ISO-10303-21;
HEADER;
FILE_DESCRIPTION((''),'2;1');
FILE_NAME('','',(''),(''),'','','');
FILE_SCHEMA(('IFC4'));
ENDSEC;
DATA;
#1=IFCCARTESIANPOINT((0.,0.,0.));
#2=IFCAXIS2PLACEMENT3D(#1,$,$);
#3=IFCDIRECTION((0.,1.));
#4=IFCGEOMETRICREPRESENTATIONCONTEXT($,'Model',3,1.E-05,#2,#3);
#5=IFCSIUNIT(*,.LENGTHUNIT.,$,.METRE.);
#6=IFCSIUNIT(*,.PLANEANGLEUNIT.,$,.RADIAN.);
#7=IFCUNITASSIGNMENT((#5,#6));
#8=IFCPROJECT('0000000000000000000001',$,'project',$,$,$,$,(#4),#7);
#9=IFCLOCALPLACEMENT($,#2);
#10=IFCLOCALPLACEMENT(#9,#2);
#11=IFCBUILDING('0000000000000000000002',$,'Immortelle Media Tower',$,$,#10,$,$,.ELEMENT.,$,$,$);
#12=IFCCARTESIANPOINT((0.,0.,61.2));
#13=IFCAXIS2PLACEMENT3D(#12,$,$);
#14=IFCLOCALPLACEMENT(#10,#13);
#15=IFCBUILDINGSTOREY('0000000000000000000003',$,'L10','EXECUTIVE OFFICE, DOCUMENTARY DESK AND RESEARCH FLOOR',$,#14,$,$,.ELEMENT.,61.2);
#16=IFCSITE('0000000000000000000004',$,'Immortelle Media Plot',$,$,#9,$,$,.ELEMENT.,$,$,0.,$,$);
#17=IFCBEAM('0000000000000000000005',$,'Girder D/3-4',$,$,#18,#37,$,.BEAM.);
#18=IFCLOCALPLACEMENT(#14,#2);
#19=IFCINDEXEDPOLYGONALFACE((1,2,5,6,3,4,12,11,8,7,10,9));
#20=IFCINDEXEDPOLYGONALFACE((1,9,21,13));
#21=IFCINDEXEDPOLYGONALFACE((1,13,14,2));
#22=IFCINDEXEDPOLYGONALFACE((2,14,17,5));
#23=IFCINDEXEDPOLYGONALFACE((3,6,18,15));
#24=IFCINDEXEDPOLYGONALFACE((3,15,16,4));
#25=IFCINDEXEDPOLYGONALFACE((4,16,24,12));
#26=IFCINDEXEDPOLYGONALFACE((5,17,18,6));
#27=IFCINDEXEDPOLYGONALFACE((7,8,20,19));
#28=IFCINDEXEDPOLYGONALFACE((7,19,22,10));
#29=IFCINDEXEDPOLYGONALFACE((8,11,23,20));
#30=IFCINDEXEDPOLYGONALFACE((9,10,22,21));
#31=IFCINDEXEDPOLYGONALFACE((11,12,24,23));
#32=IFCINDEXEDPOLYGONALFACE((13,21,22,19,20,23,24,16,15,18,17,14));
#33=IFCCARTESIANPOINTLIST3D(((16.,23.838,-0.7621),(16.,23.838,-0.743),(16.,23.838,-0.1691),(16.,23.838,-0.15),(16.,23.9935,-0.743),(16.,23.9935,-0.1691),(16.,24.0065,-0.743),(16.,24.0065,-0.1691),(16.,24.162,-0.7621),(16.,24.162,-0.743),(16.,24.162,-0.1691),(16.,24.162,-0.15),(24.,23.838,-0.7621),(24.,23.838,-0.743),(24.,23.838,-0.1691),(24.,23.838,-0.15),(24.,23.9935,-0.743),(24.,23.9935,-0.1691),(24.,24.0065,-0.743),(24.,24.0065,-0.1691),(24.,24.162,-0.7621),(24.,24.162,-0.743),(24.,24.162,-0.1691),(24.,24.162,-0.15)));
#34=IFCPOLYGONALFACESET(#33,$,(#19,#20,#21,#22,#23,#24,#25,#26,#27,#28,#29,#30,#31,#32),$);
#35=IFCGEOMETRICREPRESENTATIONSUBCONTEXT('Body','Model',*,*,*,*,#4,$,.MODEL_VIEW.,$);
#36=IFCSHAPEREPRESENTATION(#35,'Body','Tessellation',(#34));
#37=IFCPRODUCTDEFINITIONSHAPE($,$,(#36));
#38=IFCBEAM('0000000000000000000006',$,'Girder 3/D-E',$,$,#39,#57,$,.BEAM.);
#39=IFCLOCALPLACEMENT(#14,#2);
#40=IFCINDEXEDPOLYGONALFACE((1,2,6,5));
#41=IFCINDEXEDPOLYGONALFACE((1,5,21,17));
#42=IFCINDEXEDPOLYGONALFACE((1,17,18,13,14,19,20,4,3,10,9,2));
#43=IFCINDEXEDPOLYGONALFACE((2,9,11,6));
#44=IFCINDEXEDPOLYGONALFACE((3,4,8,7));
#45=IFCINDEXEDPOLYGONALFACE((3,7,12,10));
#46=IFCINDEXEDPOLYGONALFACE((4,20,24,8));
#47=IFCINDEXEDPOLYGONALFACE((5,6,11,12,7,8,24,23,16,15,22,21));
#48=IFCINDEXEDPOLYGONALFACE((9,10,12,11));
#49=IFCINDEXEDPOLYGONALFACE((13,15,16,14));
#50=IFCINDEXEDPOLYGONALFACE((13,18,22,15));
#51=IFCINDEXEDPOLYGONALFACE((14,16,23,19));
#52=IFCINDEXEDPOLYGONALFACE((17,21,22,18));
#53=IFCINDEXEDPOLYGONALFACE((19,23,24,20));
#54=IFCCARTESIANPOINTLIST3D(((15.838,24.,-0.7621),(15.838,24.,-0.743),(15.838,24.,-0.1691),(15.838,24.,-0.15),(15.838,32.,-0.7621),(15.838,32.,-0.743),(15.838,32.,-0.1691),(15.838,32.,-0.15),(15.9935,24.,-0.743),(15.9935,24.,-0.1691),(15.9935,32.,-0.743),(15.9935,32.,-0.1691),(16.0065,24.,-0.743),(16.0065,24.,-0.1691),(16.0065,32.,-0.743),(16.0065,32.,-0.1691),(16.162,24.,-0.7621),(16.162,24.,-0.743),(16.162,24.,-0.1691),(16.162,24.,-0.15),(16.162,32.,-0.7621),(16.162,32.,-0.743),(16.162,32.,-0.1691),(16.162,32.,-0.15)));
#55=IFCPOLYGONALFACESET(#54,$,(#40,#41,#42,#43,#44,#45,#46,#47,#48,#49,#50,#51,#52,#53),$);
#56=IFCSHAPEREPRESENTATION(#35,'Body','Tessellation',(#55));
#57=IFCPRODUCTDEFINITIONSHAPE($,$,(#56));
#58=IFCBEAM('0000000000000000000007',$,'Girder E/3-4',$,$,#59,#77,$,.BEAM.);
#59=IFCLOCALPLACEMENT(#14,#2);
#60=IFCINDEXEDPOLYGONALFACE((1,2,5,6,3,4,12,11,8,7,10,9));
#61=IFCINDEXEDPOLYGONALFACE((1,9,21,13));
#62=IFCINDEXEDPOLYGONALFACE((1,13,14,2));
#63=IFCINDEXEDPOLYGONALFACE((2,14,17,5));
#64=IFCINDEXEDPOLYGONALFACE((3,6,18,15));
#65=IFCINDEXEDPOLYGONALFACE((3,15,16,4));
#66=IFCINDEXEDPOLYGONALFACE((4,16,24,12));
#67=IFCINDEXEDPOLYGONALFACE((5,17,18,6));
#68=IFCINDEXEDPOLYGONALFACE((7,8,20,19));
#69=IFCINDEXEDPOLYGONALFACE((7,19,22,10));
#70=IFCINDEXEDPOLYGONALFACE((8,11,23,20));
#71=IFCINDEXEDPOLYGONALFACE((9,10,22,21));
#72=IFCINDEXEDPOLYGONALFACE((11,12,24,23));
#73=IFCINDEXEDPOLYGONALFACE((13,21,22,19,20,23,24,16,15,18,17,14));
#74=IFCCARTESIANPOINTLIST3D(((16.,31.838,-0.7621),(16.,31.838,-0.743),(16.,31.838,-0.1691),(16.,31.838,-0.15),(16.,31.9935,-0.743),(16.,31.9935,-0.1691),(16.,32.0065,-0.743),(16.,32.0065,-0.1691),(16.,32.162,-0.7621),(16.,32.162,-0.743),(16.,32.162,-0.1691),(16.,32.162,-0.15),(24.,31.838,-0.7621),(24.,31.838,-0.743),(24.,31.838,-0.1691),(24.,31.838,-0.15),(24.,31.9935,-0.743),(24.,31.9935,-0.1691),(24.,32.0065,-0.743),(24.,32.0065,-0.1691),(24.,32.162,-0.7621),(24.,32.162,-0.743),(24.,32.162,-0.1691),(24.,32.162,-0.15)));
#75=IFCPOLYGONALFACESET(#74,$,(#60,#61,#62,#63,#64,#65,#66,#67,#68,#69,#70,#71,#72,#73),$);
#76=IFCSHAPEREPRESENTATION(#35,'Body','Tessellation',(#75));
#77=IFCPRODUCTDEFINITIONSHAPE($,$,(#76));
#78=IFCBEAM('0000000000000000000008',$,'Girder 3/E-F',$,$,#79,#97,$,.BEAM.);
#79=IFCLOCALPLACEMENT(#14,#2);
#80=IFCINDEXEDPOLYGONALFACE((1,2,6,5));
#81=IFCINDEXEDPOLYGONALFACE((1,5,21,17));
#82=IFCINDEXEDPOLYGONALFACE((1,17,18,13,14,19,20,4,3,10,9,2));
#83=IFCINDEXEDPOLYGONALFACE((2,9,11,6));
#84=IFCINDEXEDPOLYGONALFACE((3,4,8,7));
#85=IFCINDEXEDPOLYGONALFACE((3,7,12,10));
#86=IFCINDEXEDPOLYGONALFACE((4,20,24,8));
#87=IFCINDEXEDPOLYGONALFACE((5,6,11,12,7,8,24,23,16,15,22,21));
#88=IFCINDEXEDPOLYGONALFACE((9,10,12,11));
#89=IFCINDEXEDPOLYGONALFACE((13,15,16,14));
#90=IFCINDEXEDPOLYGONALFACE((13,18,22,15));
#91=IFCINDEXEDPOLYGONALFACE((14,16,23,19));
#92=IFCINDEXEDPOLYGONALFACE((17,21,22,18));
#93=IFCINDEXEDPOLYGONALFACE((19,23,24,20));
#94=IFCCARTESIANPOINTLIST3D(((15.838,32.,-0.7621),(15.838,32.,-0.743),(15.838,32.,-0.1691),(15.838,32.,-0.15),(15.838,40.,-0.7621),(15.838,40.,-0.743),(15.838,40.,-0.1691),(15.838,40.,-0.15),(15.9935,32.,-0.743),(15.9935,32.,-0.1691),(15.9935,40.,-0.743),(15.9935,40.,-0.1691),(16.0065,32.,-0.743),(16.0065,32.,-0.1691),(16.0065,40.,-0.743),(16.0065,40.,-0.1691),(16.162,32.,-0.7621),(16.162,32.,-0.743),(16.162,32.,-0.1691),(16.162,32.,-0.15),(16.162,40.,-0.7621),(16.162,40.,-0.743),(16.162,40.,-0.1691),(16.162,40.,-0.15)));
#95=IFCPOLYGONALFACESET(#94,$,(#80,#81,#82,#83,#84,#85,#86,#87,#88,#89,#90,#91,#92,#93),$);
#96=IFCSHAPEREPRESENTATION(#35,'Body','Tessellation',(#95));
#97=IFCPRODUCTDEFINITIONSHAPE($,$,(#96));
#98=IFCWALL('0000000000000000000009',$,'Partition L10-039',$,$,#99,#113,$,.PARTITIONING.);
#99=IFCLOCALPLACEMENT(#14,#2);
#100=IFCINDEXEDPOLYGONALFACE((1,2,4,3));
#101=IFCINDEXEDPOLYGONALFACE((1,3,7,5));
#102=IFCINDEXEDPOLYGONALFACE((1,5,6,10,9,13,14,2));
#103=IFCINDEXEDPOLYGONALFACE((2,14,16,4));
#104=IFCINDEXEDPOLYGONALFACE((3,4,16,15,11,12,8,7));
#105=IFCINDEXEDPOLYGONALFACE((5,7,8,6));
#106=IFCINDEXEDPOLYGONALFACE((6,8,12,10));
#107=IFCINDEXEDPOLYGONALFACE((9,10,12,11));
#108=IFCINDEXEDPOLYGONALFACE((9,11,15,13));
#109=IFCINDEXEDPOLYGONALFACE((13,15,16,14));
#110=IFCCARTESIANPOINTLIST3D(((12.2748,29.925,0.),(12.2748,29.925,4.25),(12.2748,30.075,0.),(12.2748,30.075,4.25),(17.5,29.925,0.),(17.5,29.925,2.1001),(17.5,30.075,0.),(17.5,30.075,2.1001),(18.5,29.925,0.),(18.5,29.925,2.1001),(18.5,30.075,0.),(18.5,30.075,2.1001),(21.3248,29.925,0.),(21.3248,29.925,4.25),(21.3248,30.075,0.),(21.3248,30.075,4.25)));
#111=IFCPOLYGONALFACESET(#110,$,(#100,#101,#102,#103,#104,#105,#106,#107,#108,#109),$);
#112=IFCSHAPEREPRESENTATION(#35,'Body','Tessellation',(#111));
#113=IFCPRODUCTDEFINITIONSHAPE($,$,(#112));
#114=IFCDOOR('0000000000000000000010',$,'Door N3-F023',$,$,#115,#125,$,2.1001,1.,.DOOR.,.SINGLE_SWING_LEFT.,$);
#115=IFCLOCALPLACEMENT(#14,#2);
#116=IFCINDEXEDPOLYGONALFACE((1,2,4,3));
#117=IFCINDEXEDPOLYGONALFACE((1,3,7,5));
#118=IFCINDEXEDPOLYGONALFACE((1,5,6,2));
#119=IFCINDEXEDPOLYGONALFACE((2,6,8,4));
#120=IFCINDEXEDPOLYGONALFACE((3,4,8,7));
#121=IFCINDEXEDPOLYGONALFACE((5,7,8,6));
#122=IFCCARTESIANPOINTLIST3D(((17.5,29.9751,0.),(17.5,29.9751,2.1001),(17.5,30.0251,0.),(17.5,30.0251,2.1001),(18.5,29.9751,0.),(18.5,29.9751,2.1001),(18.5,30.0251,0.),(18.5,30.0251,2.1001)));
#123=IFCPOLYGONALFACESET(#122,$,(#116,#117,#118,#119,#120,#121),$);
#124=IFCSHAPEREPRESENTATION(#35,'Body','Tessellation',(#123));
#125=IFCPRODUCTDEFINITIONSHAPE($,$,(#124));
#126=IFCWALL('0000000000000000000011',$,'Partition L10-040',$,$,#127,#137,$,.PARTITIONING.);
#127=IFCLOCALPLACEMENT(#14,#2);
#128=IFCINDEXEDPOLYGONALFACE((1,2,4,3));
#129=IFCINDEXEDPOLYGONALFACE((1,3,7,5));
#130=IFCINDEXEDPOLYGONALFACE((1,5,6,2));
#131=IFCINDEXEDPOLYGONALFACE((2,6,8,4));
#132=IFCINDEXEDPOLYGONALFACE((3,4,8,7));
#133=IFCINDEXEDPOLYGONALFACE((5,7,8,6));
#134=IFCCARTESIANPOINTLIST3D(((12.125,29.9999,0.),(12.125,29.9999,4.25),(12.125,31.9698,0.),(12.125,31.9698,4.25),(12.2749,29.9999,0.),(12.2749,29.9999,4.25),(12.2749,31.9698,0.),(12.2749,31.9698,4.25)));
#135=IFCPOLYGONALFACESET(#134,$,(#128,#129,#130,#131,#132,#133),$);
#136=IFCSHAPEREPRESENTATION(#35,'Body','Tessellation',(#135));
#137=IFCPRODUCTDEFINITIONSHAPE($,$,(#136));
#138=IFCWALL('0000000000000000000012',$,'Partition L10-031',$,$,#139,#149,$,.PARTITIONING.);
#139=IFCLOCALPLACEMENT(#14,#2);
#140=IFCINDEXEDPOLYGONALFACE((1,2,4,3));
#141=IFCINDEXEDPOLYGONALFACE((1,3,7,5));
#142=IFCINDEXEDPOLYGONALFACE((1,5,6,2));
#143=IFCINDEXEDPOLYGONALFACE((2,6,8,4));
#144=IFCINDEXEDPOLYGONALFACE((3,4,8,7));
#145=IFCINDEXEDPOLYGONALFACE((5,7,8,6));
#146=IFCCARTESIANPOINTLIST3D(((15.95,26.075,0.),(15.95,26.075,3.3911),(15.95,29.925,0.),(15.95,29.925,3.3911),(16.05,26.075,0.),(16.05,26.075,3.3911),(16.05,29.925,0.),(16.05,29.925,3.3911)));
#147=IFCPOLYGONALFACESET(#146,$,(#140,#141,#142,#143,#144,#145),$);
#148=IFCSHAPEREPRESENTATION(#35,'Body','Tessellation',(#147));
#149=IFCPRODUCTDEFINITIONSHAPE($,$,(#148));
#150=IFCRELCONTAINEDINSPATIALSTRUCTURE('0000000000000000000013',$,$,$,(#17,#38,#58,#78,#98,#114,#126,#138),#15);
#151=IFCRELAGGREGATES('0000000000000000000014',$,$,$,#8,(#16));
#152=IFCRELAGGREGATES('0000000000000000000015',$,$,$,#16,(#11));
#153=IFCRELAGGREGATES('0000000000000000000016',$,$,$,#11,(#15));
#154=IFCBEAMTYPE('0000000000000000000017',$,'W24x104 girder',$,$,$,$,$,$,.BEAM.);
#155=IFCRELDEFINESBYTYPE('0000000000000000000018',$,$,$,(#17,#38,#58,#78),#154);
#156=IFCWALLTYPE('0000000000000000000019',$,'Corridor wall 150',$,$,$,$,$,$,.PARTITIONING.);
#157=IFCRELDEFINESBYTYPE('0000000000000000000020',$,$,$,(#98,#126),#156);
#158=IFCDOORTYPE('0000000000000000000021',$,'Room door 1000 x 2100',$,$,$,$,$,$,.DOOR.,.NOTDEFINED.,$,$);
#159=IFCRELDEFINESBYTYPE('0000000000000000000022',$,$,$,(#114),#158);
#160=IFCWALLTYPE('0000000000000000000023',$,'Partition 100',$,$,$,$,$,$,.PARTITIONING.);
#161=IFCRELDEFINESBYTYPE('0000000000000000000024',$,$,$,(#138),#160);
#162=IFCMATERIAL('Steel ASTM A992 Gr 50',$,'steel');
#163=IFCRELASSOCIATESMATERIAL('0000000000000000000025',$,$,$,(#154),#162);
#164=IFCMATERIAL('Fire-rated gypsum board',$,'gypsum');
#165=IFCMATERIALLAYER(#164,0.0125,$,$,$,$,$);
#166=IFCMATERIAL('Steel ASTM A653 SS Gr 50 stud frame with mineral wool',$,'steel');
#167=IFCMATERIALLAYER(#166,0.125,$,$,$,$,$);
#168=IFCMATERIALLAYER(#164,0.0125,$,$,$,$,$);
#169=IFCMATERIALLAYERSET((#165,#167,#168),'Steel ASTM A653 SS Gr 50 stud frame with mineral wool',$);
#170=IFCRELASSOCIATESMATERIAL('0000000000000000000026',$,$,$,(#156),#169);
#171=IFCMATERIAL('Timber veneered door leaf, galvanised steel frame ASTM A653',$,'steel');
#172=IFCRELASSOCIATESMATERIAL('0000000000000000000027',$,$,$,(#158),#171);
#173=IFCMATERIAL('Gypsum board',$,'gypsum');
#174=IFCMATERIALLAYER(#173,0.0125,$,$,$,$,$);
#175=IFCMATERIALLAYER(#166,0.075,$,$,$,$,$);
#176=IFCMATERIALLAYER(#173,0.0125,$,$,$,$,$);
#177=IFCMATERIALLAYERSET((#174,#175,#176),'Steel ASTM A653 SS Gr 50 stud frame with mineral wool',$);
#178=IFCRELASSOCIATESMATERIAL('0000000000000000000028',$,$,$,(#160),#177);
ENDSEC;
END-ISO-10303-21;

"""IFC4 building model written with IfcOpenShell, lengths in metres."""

from ifc_helpers import new_model, si_unit, direction, frame, frame_2d, origin, origin_2d, place, context, subcontext, project, spatial, rectangle, i_section, extrude, material, layer, layer_set, material_profile, profile_set, type_object, element, fill, save


model = new_model("IFC4")

# Units and contexts
model_context = context("Model", 3, precision=1e-05, world=origin(), true_north=direction((0.0, 1.0)))
body_context = subcontext(model_context, "Body", "Model", "MODEL_VIEW")
ifc_project = project(units=[si_unit("LENGTHUNIT", "METRE"), si_unit("PLANEANGLEUNIT", "RADIAN")], contexts=[model_context])

# Site, building, storey
site_placement = place(None, origin())
site = spatial("IfcSite", under=ifc_project, at=site_placement, Name="Immortelle Media Plot", CompositionType="ELEMENT", RefElevation=0.0)
building_placement = place(site_placement, origin())
building = spatial("IfcBuilding", under=site, at=building_placement, Name="Immortelle Media Tower", CompositionType="ELEMENT")
storey_placement = place(building_placement, frame((0.0, 0.0, 61.2)))
storey = spatial("IfcBuildingStorey", under=building, at=storey_placement, Name="L10", Description="EXECUTIVE OFFICE, DOCUMENTARY DESK AND RESEARCH FLOOR", CompositionType="ELEMENT", Elevation=61.2)

# Shared definitions
ifc_material_1 = material(Name="Steel ASTM A992 Gr 50", Category="steel")

# Beams
ifc_material_profile_1 = material_profile(ifc_material_1, i_section(OverallWidth=0.324, OverallDepth=0.6121, WebThickness=0.0129, FlangeThickness=0.019, at=origin_2d()), Name="W24x104")
ifc_profile_set_1 = profile_set([ifc_material_profile_1], Name="Steel ASTM A992 Gr 50")
beam_type_1 = type_object("IfcBeamType", Name="W24x104 girder", PredefinedType="BEAM", material=ifc_profile_set_1)
for number, where, z_axis, x_axis, name in (
    (1, (16.0, 24.0, -0.4561), (1.0, 0.0, 0.0), (0.0, 1.0, 0.0), "Girder D/3-4"),
    (2, (16.0, 24.0, -0.4561), (0.0, 1.0, 0.0), (-1.0, 0.0, 0.0), "Girder 3/D-E"),
    (3, (16.0, 32.0, -0.4561), (1.0, 0.0, 0.0), (0.0, 1.0, 0.0), "Girder E/3-4"),
    (4, (16.0, 32.0, -0.4561), (0.0, 1.0, 0.0), (-1.0, 0.0, 0.0), "Girder 3/E-F"),
):
    element("IfcBeam", number, at=place(storey_placement, frame(where, z_axis=z_axis, x_axis=x_axis)), inside=storey, type_object=beam_type_1, Name=name, PredefinedType="BEAM", context=body_context, shape_type="SweptSolid", body=[
        extrude(i_section(OverallWidth=0.324, OverallDepth=0.6121, WebThickness=0.0129, FlangeThickness=0.019, at=origin_2d()), origin(), (0.0, 0.0, 1.0), 8.0),
    ])

# Wall, opening, door
ifc_material_2 = material(Name="Fire-rated gypsum board", Category="gypsum")
ifc_layer_1 = layer(ifc_material_2, 0.0125)
ifc_material_3 = material(Name="Steel ASTM A653 SS Gr 50 stud frame with mineral wool", Category="steel")
ifc_layer_2 = layer(ifc_material_3, 0.125)
ifc_layer_3 = layer(ifc_material_2, 0.0125)
ifc_layer_set_1 = layer_set([ifc_layer_1, ifc_layer_2, ifc_layer_3], Name="Steel ASTM A653 SS Gr 50 stud frame with mineral wool")
wall_type_1 = type_object("IfcWallType", Name="Corridor wall 150", PredefinedType="PARTITIONING", material=ifc_layer_set_1)
wall_1_placement = place(storey_placement, frame((12.2749, 30.0, 0.0), z_axis=(0.0, 0.0, 1.0), x_axis=(1.0, 0.0, 0.0)))
wall_1 = element("IfcWall", 5, at=wall_1_placement, inside=storey, type_object=wall_type_1, Name="Partition L10-039", PredefinedType="PARTITIONING", context=body_context, shape_type="SweptSolid", body=[
    extrude(rectangle(XDim=9.05, YDim=0.1499, at=frame_2d((4.5249, 0.0))), origin(), (0.0, 0.0, 1.0), 4.25),
])
opening_1_placement = place(wall_1_placement, frame((6.2251, 0.0, 0.0), z_axis=(0.0, 0.0, 1.0), x_axis=(-1.0, 0.0, 0.0)))
opening_1 = element("IfcOpeningElement", 6, at=opening_1_placement, cuts=wall_1, PredefinedType="OPENING", context=body_context, shape_type="SweptSolid", body=[
    extrude(rectangle(XDim=1.0, YDim=2.1001, at=frame_2d((0.5, 1.05))), frame((0.0, 0.085, 0.0), z_axis=(0.0, -1.0, 0.0), x_axis=(1.0, 0.0, 0.0)), (0.0, 0.0, 1.0), 0.1699),
])
ifc_material_4 = material(Name="Timber veneered door leaf, galvanised steel frame ASTM A653", Category="steel")
door_type_1 = type_object("IfcDoorType", Name="Room door 1000 x 2100", OperationType="NOTDEFINED", PredefinedType="DOOR", material=ifc_material_4)
door_1_placement = place(opening_1_placement, origin())
door_1 = element("IfcDoor", 7, at=door_1_placement, inside=storey, type_object=door_type_1, Name="Door N3-F023", OperationType="SINGLE_SWING_LEFT", OverallHeight=2.1001, OverallWidth=1.0, PredefinedType="DOOR", context=body_context, shape_type="SweptSolid", body=[
    extrude(rectangle(XDim=1.0, YDim=2.1001, at=frame_2d((0.5, 1.05))), frame((0.0, 0.0249, 0.0), z_axis=(0.0, -1.0, 0.0), x_axis=(1.0, 0.0, 0.0)), (0.0, 0.0, 1.0), 0.05),
])
fill(opening_1, door_1)

# Walls
wall_2_placement = place(storey_placement, frame((12.2, 30.0, 0.0), z_axis=(0.0, 0.0, 1.0), x_axis=(0.0, 1.0, 0.0)))
element("IfcWall", 8, at=wall_2_placement, inside=storey, type_object=wall_type_1, Name="Partition L10-040", PredefinedType="PARTITIONING", context=body_context, shape_type="SweptSolid", body=[
    extrude(rectangle(XDim=1.97, YDim=0.1499, at=frame_2d((0.9849, 0.0))), origin(), (0.0, 0.0, 1.0), 4.25),
])
ifc_material_5 = material(Name="Gypsum board", Category="gypsum")
ifc_layer_4 = layer(ifc_material_5, 0.0125)
ifc_layer_5 = layer(ifc_material_3, 0.075)
ifc_layer_6 = layer(ifc_material_5, 0.0125)
ifc_layer_set_2 = layer_set([ifc_layer_4, ifc_layer_5, ifc_layer_6], Name="Steel ASTM A653 SS Gr 50 stud frame with mineral wool")
wall_type_2 = type_object("IfcWallType", Name="Partition 100", PredefinedType="PARTITIONING", material=ifc_layer_set_2)
wall_3_placement = place(storey_placement, frame((16.0, 26.075, 0.0), z_axis=(0.0, 0.0, 1.0), x_axis=(0.0, 1.0, 0.0)))
element("IfcWall", 9, at=wall_3_placement, inside=storey, type_object=wall_type_2, Name="Partition L10-031", PredefinedType="PARTITIONING", context=body_context, shape_type="SweptSolid", body=[
    extrude(rectangle(XDim=3.8501, YDim=0.1001, at=frame_2d((1.925, 0.0))), origin(), (0.0, 0.0, 1.0), 3.3911),
])

save(model, "model.ifc")
